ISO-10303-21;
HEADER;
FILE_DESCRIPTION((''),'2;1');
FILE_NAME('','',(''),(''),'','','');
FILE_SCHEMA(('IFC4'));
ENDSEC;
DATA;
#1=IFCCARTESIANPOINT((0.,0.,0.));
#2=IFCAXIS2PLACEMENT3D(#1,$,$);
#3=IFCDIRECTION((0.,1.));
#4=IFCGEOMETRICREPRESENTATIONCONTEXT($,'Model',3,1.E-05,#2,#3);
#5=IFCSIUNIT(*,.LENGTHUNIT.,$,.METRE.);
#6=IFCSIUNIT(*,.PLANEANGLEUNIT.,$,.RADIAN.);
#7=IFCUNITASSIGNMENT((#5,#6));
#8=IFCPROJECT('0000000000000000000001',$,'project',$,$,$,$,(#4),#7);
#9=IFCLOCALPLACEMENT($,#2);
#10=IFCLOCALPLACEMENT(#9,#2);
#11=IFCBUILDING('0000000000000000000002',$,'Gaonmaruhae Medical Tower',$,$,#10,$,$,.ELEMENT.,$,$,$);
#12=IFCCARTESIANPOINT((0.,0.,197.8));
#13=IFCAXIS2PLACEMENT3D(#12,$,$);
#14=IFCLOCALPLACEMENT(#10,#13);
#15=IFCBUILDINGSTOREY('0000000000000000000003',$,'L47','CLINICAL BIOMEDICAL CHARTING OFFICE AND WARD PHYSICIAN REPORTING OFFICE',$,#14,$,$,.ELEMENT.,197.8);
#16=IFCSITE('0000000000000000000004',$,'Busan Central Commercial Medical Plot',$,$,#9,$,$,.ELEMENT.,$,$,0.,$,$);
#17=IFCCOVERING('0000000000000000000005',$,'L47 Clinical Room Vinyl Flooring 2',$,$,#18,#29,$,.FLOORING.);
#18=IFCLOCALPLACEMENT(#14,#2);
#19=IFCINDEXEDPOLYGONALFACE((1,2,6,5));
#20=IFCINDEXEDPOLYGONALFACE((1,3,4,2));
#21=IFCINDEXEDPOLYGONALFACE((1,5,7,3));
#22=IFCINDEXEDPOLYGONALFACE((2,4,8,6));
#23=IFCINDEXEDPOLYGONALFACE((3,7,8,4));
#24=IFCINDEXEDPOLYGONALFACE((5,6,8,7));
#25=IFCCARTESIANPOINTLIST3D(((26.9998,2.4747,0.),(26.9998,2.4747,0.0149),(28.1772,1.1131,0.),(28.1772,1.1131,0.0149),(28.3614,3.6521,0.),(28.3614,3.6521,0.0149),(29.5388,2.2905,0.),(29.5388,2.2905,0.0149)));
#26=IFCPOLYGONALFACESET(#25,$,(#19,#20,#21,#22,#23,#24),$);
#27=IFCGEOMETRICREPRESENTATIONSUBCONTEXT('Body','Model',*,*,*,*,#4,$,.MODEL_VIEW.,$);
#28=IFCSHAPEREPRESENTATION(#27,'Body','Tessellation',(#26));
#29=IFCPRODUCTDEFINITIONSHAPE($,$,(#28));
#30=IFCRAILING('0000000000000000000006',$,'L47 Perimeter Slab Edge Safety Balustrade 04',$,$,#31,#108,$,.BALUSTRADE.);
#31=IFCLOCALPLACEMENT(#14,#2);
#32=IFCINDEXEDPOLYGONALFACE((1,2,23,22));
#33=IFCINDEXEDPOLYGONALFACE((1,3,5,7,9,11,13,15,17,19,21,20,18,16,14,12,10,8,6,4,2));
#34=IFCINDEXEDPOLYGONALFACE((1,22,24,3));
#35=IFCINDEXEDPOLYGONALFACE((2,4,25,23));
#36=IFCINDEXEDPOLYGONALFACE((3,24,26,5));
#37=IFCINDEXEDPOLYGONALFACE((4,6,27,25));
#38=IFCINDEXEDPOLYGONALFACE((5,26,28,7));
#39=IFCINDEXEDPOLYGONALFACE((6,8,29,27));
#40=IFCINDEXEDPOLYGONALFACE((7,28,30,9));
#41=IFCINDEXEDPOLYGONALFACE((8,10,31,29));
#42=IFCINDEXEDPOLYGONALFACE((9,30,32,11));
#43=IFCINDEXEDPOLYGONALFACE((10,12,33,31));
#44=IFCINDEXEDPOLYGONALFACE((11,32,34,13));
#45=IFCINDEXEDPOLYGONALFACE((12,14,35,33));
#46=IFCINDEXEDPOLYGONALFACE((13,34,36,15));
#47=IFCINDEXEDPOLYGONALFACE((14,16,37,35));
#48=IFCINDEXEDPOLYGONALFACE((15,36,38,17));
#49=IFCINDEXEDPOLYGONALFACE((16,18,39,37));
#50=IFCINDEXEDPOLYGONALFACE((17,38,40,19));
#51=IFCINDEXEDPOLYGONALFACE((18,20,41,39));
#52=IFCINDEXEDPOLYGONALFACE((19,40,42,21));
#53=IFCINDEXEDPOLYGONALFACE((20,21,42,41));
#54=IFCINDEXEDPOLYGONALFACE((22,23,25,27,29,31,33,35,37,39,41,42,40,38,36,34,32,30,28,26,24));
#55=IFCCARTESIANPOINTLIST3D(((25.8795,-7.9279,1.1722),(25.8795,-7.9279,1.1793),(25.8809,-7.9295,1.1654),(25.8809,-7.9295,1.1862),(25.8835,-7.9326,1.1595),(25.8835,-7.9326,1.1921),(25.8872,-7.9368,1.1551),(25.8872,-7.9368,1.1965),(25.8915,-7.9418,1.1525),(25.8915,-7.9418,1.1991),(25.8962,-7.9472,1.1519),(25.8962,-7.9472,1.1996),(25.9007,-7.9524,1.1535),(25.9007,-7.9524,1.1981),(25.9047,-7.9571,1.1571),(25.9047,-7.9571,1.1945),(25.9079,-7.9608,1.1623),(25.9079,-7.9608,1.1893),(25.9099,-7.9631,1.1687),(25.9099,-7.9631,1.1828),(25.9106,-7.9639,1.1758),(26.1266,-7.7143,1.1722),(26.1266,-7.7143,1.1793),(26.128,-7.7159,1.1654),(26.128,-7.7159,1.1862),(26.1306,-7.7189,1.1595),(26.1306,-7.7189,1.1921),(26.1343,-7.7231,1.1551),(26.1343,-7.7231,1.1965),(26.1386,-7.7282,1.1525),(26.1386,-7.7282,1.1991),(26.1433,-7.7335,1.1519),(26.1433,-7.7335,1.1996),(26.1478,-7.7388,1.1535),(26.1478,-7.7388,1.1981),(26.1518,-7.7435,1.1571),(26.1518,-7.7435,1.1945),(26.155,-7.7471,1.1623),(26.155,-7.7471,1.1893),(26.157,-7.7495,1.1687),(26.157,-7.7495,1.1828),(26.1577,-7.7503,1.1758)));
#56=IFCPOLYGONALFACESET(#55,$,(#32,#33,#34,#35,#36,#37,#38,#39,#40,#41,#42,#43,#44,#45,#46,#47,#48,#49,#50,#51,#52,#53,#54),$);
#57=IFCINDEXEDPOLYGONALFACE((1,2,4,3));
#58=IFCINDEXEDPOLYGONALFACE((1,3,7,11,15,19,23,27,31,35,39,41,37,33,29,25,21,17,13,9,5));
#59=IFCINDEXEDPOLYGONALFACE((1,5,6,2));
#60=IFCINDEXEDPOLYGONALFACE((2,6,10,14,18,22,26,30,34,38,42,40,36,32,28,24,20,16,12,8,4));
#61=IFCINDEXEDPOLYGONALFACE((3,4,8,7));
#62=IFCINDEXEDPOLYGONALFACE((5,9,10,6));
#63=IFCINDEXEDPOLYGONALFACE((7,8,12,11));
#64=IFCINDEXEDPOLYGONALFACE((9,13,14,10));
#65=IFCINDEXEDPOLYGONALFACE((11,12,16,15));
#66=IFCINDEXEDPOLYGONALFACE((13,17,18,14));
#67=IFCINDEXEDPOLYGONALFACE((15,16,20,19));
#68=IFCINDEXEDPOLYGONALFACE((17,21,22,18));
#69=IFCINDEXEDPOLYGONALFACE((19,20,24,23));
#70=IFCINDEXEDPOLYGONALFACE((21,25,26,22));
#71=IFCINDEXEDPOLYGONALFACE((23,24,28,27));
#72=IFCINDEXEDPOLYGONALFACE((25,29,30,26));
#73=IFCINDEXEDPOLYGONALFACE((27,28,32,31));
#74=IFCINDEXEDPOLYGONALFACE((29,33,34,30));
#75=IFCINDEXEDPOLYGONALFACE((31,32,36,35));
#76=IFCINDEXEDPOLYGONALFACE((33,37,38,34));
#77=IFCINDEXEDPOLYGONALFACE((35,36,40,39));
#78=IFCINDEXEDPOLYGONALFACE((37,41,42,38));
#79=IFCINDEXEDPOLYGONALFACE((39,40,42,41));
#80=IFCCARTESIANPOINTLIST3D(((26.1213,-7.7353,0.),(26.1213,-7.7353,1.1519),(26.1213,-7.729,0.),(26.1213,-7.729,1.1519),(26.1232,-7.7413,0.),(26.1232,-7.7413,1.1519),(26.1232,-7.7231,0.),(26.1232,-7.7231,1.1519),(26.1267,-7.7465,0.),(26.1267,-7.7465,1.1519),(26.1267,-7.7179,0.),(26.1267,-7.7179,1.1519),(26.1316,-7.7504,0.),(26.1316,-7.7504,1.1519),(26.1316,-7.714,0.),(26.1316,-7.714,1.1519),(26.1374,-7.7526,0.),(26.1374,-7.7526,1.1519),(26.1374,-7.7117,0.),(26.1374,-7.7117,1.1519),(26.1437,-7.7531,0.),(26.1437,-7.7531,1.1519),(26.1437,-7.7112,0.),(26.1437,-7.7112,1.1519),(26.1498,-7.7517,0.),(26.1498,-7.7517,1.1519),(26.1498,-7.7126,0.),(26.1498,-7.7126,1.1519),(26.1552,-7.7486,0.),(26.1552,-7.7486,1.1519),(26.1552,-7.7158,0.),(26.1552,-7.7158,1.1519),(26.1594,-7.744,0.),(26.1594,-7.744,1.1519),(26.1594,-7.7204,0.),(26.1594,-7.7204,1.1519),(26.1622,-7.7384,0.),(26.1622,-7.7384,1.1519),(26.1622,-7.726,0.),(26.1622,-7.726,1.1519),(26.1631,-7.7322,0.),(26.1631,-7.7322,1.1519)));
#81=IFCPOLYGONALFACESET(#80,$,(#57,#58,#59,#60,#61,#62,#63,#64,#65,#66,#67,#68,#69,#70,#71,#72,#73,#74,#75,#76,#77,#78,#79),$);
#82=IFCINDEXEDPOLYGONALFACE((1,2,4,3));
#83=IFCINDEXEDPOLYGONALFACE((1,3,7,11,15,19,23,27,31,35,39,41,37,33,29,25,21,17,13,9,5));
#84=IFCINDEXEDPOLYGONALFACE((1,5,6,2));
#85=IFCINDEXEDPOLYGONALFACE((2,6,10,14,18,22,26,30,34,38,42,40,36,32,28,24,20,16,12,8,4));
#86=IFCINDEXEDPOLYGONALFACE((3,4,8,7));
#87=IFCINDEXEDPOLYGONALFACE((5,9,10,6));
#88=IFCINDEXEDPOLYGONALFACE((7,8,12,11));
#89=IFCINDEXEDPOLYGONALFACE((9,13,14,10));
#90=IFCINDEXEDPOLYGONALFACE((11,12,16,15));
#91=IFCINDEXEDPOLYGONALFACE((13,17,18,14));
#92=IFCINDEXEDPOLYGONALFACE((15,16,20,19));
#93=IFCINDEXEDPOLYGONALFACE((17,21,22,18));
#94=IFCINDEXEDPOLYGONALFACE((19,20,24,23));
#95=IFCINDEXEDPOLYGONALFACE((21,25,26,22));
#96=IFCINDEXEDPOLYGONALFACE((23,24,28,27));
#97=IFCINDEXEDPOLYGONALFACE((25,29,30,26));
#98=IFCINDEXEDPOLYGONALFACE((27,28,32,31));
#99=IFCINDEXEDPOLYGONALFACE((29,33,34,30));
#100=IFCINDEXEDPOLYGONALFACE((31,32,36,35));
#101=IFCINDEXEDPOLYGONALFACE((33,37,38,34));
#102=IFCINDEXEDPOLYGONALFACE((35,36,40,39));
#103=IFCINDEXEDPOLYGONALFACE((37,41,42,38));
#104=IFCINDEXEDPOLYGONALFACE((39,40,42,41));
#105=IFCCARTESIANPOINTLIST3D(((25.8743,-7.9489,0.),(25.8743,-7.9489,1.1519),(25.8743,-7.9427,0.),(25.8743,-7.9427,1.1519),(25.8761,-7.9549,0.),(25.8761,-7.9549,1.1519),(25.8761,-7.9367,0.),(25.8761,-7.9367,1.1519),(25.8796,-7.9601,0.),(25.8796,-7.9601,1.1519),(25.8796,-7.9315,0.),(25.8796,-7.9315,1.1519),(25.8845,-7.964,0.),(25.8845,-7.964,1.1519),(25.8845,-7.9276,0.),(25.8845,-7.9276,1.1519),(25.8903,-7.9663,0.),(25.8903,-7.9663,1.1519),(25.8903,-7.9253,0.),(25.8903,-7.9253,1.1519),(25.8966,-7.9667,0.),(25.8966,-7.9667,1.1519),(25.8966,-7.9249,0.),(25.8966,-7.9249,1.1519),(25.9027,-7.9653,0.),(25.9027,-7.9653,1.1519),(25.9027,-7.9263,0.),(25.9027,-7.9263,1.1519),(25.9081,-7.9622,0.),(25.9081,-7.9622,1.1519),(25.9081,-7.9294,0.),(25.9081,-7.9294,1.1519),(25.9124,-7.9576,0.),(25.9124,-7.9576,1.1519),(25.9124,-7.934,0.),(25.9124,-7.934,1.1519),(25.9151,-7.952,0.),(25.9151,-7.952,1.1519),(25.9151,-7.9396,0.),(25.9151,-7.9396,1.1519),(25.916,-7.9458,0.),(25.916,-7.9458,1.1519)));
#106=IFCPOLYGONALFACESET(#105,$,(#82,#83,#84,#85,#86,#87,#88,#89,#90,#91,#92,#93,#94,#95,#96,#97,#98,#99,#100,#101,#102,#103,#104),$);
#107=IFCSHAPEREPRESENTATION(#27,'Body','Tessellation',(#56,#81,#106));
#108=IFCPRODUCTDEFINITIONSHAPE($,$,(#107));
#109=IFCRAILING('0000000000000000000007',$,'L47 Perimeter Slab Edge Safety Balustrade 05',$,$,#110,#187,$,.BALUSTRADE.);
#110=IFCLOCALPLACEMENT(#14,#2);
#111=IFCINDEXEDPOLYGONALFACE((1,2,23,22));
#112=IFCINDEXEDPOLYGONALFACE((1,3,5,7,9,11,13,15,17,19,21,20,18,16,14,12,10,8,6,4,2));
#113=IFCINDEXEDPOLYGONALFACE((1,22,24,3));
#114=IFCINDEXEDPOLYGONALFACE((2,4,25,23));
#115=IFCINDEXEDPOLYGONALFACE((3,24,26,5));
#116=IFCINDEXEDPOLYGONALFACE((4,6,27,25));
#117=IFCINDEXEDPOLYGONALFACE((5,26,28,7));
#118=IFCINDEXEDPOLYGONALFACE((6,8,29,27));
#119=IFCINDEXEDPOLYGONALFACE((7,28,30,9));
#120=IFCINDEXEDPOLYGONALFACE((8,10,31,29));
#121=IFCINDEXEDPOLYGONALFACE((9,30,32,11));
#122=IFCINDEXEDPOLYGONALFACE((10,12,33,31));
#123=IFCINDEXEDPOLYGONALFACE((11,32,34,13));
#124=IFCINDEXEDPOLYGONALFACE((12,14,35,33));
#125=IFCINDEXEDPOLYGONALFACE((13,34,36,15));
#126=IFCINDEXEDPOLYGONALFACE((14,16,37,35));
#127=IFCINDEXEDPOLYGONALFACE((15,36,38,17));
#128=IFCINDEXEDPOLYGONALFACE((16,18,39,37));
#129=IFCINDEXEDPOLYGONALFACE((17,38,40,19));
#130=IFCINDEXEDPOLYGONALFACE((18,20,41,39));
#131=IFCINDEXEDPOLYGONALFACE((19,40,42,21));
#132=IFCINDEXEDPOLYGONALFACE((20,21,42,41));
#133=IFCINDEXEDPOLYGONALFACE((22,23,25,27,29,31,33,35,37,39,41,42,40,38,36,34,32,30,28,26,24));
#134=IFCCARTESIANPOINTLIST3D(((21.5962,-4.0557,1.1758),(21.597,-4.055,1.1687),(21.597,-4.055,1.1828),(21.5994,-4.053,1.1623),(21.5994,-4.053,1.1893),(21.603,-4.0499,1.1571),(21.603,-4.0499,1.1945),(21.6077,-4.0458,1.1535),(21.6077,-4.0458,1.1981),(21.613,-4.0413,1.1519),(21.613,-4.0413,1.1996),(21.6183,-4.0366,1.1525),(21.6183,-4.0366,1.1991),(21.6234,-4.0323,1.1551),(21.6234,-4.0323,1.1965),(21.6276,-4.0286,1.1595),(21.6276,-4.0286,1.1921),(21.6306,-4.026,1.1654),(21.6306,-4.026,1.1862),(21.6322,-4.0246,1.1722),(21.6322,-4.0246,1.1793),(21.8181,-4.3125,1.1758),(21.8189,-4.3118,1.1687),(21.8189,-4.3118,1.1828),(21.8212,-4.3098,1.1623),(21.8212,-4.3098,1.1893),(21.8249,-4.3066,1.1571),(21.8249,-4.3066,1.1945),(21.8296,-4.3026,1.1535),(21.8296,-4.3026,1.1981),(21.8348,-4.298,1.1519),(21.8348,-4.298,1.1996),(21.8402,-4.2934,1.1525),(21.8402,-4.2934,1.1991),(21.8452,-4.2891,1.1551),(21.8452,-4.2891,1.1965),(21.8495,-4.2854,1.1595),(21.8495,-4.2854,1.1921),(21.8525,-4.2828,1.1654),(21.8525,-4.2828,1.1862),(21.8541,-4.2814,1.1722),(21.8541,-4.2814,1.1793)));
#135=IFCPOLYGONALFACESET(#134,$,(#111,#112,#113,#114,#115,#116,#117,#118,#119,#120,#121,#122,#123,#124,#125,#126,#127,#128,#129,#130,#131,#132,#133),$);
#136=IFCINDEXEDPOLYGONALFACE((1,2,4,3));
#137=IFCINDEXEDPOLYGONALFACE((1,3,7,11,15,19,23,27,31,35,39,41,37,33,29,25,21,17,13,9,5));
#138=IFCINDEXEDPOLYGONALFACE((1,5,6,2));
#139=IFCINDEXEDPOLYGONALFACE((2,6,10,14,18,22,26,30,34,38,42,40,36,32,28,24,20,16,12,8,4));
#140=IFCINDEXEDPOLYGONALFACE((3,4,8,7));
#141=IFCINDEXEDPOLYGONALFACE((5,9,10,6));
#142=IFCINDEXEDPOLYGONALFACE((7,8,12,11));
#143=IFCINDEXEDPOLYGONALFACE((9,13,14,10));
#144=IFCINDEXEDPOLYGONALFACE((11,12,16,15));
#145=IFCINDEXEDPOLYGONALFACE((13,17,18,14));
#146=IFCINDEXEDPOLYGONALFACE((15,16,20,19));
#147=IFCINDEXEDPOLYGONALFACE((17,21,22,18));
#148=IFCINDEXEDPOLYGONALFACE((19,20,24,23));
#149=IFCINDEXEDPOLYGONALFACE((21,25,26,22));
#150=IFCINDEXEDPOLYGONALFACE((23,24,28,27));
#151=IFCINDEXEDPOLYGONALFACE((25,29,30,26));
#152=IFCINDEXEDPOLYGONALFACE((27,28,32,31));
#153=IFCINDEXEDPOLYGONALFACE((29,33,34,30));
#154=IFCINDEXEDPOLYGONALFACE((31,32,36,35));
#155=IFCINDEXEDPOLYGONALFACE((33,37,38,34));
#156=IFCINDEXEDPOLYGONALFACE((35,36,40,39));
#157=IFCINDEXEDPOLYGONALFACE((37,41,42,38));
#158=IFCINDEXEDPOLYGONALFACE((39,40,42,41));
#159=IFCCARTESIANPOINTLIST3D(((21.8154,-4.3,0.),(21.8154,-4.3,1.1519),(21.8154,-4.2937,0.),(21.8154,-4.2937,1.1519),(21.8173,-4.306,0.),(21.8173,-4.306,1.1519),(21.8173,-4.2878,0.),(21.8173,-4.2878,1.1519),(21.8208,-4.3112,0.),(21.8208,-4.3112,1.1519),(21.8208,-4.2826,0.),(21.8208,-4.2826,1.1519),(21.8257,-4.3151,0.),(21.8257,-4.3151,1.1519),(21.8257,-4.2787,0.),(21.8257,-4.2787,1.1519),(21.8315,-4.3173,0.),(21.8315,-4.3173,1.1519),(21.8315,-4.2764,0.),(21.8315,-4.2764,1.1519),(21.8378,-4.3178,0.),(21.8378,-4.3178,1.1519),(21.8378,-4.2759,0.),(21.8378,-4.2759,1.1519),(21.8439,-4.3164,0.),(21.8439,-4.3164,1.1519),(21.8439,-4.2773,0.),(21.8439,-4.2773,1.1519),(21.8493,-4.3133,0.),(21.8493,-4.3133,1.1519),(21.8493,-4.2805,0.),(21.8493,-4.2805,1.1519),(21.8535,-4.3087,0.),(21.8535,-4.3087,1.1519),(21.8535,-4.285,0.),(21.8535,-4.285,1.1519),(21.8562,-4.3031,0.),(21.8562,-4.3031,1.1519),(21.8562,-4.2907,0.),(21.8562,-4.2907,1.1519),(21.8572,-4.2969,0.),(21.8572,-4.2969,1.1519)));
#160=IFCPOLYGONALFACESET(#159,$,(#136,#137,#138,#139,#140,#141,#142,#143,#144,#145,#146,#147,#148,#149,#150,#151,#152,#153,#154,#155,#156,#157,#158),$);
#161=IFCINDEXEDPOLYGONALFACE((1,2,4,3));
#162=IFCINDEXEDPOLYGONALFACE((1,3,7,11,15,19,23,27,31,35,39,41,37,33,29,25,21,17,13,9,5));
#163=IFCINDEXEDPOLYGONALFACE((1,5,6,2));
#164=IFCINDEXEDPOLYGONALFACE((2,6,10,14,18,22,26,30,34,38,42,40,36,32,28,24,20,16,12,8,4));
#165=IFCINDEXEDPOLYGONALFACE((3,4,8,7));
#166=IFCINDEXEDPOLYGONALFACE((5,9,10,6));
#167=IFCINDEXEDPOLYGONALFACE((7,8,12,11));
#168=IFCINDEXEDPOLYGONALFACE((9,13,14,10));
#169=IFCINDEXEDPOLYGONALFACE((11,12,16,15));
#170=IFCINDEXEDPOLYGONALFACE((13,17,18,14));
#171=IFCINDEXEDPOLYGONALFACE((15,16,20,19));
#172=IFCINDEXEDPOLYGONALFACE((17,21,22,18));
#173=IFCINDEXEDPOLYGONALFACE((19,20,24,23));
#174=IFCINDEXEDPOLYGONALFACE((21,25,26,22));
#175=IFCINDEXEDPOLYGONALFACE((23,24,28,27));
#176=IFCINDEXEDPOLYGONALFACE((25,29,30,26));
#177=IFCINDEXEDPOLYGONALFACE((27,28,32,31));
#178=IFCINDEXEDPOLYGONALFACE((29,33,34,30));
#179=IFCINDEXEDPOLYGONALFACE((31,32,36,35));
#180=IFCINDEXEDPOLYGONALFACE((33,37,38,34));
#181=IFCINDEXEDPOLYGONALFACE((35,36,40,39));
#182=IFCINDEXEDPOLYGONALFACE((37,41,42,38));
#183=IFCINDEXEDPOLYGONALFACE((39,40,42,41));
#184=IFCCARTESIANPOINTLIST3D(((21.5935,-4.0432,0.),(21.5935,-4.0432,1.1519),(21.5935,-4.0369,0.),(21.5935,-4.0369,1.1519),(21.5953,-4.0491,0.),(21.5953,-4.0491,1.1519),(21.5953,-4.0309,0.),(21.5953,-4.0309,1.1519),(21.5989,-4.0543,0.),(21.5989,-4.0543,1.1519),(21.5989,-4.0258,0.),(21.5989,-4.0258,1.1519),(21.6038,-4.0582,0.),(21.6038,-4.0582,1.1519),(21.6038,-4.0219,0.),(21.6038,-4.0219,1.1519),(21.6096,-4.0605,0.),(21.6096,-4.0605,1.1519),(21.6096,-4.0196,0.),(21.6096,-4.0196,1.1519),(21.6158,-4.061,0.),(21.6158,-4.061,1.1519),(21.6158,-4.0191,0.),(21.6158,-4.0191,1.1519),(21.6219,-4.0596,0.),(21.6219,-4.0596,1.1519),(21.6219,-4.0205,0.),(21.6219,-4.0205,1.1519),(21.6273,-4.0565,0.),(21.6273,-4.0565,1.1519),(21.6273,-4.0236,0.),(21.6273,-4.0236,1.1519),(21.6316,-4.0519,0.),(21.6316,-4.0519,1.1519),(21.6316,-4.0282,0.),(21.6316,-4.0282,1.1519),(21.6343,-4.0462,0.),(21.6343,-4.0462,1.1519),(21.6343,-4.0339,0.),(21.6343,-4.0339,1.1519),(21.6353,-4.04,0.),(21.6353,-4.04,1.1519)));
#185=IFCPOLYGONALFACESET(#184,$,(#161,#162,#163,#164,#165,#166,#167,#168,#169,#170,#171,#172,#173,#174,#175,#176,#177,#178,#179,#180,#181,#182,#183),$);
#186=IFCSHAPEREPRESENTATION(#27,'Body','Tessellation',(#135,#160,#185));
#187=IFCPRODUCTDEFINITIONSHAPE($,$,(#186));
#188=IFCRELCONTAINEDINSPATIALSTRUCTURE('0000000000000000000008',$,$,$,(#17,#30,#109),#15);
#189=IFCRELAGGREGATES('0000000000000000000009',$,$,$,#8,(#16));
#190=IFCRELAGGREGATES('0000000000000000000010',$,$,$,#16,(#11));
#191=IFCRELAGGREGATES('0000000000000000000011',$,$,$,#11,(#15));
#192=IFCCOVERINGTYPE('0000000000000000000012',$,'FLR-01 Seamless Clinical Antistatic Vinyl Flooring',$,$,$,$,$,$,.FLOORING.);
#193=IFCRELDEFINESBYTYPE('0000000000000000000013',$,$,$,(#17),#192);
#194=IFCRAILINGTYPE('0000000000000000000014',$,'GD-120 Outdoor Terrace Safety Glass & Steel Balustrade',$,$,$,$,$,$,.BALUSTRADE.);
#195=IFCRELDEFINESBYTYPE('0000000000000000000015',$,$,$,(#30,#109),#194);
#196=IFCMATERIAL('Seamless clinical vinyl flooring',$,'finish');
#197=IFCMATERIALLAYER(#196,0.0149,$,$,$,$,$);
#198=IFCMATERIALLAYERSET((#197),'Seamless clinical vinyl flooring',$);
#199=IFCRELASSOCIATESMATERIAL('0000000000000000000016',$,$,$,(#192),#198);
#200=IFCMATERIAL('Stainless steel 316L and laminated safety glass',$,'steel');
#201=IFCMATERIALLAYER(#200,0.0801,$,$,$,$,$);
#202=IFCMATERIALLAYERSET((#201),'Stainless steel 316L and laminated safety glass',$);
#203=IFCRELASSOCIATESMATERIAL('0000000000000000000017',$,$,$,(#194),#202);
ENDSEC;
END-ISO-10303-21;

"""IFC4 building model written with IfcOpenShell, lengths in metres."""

from ifc_helpers import new_model, si_unit, direction, frame, origin, origin_2d, place, context, subcontext, project, spatial, rectangle, circle, extrude, material, layer, layer_set, type_object, element, save


model = new_model("IFC4")

# Units and contexts
model_context = context("Model", 3, precision=1e-05, world=origin(), true_north=direction((0.0, 1.0)))
body_context = subcontext(model_context, "Body", "Model", "MODEL_VIEW")
ifc_project = project(units=[si_unit("LENGTHUNIT", "METRE"), si_unit("PLANEANGLEUNIT", "RADIAN")], contexts=[model_context])

# Site, building, storey
site_placement = place(None, origin())
site = spatial("IfcSite", under=ifc_project, at=site_placement, Name="Busan Central Commercial Medical Plot", CompositionType="ELEMENT", RefElevation=0.0)
building_placement = place(site_placement, origin())
building = spatial("IfcBuilding", under=site, at=building_placement, Name="Gaonmaruhae Medical Tower", CompositionType="ELEMENT")
storey_placement = place(building_placement, frame((0.0, 0.0, 197.8)))
storey = spatial("IfcBuildingStorey", under=building, at=storey_placement, Name="L47", Description="CLINICAL BIOMEDICAL CHARTING OFFICE AND WARD PHYSICIAN REPORTING OFFICE", CompositionType="ELEMENT", Elevation=197.8)

# Covering
ifc_material_1 = material(Name="Seamless clinical vinyl flooring", Category="finish")
ifc_layer_1 = layer(ifc_material_1, 0.0149)
ifc_layer_set_1 = layer_set([ifc_layer_1], Name="Seamless clinical vinyl flooring")
covering_type_1 = type_object("IfcCoveringType", Name="FLR-01 Seamless Clinical Antistatic Vinyl Flooring", PredefinedType="FLOORING", material=ifc_layer_set_1)
covering_1_placement = place(storey_placement, frame((28.2693, 2.3826, 0.0), z_axis=(0.0, 0.0, 1.0), x_axis=(0.756425, 0.654081, 0.0)))
element("IfcCovering", 1, at=covering_1_placement, inside=storey, type_object=covering_type_1, Name="L47 Clinical Room Vinyl Flooring 2", PredefinedType="FLOORING", context=body_context, shape_type="SweptSolid", body=[
    extrude(rectangle(XDim=1.8, YDim=1.8, at=origin_2d()), origin(), (0.0, 0.0, 1.0), 0.0149),
])

# Railings
ifc_material_2 = material(Name="Stainless steel 316L and laminated safety glass", Category="steel")
ifc_layer_2 = layer(ifc_material_2, 0.0801)
ifc_layer_set_2 = layer_set([ifc_layer_2], Name="Stainless steel 316L and laminated safety glass")
railing_type = type_object("IfcRailingType", Name="GD-120 Outdoor Terrace Safety Glass & Steel Balustrade", PredefinedType="BALUSTRADE", material=ifc_layer_set_2)
railing_1_placement = place(storey_placement, frame((26.1421, -7.7322, 0.0)))
element("IfcRailing", 2, at=railing_1_placement, inside=storey, type_object=railing_type, Name="L47 Perimeter Slab Edge Safety Balustrade 04", PredefinedType="BALUSTRADE", context=body_context, shape_type="SweptSolid", body=[
    extrude(circle(Radius=0.0239, at=origin_2d()), frame((0.0, 0.0, 1.1758), z_axis=(-0.756453, -0.654048, 0.0), x_axis=(0.654048, -0.756453, 0.0)), (0.0, 0.0, 1.0), 0.3267),
    extrude(circle(Radius=0.021, at=origin_2d()), origin(), (0.0, 0.0, 1.0), 1.1519),
    extrude(circle(Radius=0.021, at=origin_2d()), frame((-0.2471, -0.2136, 0.0)), (0.0, 0.0, 1.0), 1.1519),
])
railing_2_placement = place(storey_placement, frame((21.8362, -4.2969, 0.0)))
element("IfcRailing", 3, at=railing_2_placement, inside=storey, type_object=railing_type, Name="L47 Perimeter Slab Edge Safety Balustrade 05", PredefinedType="BALUSTRADE", context=body_context, shape_type="SweptSolid", body=[
    extrude(circle(Radius=0.0239, at=origin_2d()), frame((0.0, 0.0, 1.1758), z_axis=(-0.653807, 0.756661, 0.0), x_axis=(-0.756661, -0.653807, 0.0)), (0.0, 0.0, 1.0), 0.3394),
    extrude(circle(Radius=0.021, at=origin_2d()), origin(), (0.0, 0.0, 1.0), 1.1519),
    extrude(circle(Radius=0.021, at=origin_2d()), frame((-0.2219, 0.2568, 0.0)), (0.0, 0.0, 1.0), 1.1519),
])

save(model, "model.ifc")
